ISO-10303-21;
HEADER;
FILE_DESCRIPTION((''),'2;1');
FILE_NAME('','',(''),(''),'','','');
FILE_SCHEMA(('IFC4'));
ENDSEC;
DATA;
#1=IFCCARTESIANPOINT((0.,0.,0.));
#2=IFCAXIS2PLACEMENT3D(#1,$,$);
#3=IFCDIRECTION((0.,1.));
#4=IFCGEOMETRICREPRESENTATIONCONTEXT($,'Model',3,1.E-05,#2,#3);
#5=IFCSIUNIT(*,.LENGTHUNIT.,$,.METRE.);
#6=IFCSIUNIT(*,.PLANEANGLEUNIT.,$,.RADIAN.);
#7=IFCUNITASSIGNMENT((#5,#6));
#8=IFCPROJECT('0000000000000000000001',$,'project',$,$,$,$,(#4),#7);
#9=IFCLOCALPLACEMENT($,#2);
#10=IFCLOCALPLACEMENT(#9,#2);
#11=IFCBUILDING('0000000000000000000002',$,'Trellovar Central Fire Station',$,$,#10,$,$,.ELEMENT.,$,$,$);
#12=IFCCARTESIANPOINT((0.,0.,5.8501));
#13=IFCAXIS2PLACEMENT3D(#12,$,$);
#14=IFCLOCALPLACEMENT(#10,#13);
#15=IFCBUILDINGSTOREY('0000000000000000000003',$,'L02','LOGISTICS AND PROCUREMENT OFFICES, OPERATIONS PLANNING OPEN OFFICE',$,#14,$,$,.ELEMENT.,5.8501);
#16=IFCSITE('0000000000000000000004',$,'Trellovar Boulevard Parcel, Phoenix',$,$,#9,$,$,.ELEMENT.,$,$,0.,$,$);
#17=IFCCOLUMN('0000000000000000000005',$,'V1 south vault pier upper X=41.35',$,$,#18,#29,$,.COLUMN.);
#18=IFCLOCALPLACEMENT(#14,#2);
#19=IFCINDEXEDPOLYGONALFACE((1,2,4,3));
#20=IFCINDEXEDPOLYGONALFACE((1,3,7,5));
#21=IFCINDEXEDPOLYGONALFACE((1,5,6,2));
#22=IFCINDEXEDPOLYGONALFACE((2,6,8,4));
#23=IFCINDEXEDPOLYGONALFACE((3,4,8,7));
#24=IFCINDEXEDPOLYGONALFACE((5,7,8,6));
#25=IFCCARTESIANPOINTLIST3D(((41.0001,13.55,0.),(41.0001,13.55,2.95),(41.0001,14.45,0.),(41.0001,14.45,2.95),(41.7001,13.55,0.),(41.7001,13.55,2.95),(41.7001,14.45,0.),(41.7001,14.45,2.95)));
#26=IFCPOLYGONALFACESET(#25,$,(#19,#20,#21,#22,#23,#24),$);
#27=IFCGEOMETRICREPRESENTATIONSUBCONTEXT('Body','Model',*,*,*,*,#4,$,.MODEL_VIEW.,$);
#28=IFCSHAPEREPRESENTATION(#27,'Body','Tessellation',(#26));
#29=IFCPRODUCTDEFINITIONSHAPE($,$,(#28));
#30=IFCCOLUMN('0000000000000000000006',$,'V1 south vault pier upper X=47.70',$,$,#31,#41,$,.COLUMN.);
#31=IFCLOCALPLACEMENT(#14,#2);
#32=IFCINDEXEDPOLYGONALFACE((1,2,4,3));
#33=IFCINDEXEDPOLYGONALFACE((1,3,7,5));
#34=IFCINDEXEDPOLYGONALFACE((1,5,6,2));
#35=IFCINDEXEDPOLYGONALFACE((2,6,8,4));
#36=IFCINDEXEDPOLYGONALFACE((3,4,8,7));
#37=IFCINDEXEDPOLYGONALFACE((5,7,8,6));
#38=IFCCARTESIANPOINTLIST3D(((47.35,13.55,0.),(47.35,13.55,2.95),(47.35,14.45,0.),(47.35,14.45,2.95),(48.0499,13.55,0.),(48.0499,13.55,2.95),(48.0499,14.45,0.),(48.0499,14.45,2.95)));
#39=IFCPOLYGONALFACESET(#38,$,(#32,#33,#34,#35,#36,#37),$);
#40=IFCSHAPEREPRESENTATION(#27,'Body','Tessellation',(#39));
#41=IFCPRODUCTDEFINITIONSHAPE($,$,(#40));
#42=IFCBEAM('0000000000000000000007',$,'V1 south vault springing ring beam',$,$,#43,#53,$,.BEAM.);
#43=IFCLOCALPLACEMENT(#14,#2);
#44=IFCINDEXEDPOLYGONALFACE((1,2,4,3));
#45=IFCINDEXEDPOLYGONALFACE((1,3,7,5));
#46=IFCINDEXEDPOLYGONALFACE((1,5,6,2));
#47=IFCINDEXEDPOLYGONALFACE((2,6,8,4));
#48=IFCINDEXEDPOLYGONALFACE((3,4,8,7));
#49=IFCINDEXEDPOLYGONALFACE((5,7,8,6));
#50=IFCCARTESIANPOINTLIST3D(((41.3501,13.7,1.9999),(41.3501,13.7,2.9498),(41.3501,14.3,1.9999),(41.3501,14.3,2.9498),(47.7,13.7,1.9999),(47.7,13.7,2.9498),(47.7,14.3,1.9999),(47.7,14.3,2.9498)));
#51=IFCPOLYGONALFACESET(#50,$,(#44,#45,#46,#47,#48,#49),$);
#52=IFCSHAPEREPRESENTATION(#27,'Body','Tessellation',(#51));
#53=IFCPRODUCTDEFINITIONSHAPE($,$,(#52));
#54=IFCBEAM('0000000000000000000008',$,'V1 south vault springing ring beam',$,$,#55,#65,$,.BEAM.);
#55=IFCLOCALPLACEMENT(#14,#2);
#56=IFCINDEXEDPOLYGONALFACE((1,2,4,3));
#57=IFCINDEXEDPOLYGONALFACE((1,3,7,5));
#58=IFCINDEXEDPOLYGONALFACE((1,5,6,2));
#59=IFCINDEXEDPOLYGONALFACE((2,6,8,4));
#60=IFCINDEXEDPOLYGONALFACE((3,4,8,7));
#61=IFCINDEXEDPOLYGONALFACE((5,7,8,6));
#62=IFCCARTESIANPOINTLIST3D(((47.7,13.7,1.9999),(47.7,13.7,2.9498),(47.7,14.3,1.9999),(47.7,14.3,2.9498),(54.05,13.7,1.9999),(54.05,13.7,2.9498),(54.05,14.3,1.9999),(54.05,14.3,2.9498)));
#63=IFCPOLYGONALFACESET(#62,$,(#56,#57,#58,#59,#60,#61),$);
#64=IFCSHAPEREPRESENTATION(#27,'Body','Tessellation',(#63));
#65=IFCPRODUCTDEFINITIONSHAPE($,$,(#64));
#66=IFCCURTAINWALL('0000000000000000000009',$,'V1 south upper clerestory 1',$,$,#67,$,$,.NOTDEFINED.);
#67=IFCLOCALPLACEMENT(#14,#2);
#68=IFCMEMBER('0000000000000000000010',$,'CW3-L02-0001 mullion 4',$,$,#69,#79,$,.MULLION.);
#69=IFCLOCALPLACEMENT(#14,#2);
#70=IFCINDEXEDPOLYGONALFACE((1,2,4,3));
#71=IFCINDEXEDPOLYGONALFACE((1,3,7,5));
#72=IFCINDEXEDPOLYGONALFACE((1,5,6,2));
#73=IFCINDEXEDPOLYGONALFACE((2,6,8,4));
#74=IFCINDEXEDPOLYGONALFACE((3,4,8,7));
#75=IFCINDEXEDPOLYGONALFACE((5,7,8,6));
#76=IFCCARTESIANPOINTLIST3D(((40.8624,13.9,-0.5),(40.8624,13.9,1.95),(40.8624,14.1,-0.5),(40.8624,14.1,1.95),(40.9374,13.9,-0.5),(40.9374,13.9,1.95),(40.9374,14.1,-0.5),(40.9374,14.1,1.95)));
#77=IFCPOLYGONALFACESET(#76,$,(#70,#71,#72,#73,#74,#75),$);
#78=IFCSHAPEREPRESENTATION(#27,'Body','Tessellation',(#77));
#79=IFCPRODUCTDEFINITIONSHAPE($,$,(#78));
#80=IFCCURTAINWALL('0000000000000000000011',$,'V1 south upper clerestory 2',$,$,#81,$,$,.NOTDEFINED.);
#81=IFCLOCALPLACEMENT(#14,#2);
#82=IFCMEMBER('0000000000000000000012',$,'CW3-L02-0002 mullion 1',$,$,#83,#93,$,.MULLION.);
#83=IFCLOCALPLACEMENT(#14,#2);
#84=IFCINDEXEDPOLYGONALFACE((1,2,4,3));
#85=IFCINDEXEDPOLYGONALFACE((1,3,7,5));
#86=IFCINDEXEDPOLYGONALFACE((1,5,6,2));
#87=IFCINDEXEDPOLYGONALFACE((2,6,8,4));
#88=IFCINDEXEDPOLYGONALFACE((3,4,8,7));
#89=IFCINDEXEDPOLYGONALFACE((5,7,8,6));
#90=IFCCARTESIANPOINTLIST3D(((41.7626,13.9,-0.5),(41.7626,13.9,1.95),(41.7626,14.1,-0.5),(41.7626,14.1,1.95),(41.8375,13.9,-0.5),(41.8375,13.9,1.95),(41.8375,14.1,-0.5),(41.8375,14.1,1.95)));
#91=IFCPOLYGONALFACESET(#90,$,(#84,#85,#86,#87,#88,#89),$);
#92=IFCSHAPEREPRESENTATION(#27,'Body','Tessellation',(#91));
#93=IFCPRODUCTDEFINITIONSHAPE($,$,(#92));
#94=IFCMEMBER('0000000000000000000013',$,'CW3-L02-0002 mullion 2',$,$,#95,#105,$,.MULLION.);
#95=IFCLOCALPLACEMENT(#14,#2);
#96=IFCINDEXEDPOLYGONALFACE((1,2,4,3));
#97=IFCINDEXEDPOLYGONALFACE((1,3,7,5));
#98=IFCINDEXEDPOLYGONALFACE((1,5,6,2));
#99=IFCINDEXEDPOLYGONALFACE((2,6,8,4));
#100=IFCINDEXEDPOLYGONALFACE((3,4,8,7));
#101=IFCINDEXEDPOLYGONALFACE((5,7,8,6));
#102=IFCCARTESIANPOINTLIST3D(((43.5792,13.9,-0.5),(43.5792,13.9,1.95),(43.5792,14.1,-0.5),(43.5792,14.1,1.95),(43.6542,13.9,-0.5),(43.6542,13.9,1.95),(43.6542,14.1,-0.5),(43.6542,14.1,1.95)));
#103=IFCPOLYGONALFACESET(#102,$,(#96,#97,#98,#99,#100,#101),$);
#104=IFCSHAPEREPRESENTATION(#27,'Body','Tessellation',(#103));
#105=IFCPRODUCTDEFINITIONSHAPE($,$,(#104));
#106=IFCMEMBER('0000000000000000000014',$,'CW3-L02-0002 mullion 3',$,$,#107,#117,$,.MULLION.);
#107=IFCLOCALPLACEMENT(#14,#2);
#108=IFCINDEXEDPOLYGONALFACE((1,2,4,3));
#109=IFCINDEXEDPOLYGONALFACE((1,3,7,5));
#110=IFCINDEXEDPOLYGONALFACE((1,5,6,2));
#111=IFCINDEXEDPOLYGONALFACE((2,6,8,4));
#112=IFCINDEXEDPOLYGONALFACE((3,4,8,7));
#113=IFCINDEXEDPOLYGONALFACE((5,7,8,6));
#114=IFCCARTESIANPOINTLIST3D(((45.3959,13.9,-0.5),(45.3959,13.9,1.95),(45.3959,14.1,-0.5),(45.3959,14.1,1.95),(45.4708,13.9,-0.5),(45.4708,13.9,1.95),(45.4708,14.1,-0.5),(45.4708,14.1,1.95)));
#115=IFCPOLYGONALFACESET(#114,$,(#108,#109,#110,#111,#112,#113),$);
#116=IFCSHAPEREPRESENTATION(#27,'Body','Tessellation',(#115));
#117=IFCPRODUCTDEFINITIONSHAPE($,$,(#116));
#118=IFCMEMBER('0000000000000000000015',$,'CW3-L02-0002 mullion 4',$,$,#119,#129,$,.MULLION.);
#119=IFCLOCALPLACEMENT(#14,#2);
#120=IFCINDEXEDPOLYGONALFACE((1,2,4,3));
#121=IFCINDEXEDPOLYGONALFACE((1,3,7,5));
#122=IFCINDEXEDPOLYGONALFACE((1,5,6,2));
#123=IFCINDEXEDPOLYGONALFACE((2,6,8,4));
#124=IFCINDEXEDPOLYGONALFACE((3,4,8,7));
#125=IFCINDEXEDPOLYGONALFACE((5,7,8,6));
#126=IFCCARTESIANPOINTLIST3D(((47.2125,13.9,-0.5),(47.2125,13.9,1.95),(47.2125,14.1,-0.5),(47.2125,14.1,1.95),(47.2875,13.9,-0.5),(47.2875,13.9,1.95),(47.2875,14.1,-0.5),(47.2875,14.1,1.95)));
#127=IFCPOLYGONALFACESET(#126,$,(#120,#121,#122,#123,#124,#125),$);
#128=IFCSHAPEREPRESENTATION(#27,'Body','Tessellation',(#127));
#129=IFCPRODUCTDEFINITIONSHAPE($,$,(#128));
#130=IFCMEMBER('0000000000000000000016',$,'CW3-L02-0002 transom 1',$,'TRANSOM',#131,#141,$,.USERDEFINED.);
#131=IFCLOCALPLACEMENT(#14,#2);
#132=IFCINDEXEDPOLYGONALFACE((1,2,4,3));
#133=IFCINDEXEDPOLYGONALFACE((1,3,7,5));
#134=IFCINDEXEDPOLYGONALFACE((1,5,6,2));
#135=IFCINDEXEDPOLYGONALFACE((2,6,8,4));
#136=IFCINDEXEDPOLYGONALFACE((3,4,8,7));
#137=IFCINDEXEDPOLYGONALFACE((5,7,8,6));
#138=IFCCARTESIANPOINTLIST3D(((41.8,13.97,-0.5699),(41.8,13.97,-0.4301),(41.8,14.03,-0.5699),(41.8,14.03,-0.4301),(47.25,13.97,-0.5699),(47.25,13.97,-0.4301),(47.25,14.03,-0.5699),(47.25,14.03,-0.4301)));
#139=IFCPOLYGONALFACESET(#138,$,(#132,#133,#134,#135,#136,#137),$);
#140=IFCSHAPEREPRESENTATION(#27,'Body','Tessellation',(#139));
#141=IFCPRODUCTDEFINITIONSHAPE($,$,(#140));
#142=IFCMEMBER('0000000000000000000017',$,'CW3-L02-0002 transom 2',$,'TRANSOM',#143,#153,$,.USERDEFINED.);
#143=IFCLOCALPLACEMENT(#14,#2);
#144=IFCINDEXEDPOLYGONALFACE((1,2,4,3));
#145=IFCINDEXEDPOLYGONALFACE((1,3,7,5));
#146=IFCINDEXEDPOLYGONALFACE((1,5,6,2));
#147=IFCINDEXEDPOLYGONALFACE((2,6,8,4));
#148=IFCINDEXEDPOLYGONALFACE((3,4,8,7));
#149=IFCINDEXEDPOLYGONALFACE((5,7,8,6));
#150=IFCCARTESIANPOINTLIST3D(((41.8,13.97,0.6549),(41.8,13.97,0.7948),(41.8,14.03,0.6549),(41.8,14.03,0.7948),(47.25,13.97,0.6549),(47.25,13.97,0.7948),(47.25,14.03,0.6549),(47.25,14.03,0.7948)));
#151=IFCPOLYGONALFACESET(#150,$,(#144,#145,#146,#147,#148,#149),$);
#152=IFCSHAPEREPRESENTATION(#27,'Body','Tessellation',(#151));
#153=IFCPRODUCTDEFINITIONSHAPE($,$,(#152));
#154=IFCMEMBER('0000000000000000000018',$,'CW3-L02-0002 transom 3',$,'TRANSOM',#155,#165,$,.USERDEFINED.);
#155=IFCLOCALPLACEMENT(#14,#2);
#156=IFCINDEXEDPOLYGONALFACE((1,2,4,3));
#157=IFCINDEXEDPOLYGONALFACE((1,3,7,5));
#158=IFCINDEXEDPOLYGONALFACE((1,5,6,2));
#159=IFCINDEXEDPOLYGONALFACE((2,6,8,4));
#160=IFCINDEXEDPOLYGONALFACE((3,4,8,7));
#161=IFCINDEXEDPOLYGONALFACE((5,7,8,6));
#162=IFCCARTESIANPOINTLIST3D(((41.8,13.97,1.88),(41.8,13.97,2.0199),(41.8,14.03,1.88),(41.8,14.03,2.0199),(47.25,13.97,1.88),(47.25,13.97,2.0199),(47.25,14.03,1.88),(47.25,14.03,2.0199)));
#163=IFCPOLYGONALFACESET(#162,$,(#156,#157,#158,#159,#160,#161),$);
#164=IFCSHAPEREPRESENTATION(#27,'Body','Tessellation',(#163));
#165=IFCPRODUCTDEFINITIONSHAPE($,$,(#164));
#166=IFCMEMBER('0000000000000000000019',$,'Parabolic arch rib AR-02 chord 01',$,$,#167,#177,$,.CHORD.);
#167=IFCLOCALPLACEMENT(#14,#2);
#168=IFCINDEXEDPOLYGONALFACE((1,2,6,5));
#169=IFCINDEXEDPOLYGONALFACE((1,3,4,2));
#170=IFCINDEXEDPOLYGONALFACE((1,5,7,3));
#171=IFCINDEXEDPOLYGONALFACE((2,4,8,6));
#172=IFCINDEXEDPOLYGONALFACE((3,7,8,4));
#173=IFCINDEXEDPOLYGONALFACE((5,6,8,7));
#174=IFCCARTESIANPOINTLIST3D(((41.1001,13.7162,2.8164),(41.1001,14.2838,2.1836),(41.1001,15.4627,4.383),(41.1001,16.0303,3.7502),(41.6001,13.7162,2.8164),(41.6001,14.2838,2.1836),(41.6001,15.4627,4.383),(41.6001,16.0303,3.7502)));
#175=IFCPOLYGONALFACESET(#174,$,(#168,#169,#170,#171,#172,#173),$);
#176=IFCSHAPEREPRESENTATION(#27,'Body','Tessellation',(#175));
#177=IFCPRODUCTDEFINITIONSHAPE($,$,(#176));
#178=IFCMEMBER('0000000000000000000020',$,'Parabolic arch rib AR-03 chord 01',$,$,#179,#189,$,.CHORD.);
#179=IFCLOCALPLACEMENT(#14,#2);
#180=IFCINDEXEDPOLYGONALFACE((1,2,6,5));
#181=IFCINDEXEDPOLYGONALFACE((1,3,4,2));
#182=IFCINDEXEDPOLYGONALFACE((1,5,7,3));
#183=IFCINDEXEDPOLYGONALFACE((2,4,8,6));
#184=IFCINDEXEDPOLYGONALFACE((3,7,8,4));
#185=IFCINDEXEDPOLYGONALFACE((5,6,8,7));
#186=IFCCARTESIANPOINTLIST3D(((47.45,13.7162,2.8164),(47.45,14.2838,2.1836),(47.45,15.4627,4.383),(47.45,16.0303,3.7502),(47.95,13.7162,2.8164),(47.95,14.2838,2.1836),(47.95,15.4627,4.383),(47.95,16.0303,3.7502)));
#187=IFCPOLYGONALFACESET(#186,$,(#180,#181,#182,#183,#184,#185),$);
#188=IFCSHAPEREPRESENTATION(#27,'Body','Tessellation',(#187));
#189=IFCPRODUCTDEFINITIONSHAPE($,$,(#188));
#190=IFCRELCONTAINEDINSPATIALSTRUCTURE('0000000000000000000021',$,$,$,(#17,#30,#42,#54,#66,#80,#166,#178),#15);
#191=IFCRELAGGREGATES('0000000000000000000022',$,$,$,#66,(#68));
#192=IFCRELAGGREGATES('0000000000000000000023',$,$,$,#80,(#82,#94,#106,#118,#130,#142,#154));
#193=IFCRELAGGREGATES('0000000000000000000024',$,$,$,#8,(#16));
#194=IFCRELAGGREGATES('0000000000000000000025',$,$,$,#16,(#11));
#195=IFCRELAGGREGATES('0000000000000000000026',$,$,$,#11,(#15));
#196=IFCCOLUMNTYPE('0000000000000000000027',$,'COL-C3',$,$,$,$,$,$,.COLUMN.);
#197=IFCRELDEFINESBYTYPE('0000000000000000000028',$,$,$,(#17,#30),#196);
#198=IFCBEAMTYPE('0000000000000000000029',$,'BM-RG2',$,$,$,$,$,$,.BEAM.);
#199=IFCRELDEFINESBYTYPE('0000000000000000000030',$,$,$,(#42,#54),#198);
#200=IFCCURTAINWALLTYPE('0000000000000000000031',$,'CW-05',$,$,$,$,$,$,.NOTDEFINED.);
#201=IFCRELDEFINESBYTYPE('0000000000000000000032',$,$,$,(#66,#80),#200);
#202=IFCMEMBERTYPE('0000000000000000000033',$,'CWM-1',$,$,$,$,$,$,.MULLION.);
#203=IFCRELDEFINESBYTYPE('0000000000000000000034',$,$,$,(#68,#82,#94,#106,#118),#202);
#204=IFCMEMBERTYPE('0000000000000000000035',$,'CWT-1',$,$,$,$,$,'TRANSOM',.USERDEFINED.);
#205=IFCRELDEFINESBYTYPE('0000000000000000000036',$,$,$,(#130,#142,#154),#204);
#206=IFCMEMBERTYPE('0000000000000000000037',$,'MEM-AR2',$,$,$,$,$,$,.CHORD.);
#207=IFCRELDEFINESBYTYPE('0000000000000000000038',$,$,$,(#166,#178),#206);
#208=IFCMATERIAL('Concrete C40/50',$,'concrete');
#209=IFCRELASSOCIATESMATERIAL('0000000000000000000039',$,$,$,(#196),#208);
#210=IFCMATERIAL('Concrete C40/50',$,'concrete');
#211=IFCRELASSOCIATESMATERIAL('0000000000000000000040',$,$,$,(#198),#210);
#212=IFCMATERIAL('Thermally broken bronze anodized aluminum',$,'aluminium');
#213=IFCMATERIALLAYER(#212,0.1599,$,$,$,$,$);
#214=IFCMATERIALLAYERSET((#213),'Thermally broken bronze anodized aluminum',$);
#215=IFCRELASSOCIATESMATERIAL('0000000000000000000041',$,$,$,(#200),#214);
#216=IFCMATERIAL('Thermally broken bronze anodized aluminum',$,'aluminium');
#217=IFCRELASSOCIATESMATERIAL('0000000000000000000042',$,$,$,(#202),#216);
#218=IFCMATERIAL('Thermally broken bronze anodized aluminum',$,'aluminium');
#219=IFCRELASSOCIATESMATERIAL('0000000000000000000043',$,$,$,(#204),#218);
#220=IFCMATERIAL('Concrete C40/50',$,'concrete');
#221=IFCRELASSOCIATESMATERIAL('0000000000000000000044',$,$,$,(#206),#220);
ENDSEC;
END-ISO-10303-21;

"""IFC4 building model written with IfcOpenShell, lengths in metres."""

from ifc_helpers import new_model, si_unit, direction, frame, origin, origin_2d, place, context, subcontext, project, spatial, rectangle, extrude, material, layer, layer_set, material_profile, profile_set, type_object, element, aggregate, save


model = new_model("IFC4")

# Units and contexts
model_context = context("Model", 3, precision=1e-05, world=origin(), true_north=direction((0.0, 1.0)))
body_context = subcontext(model_context, "Body", "Model", "MODEL_VIEW")
ifc_project = project(units=[si_unit("LENGTHUNIT", "METRE"), si_unit("PLANEANGLEUNIT", "RADIAN")], contexts=[model_context])

# Site, building, storey
site_placement = place(None, origin())
site = spatial("IfcSite", under=ifc_project, at=site_placement, Name="Trellovar Boulevard Parcel, Phoenix", CompositionType="ELEMENT", RefElevation=0.0)
building_placement = place(site_placement, origin())
building = spatial("IfcBuilding", under=site, at=building_placement, Name="Trellovar Central Fire Station", CompositionType="ELEMENT")
storey_placement = place(building_placement, frame((0.0, 0.0, 5.8501)))
storey = spatial("IfcBuildingStorey", under=building, at=storey_placement, Name="L02", Description="LOGISTICS AND PROCUREMENT OFFICES, OPERATIONS PLANNING OPEN OFFICE", CompositionType="ELEMENT", Elevation=5.8501)

# Columns
ifc_material_1 = material(Name="Concrete C40/50", Category="concrete")
ifc_material_profile_1 = material_profile(ifc_material_1, rectangle(XDim=0.7, YDim=0.8999, at=origin_2d()), Name="RC700X900")
ifc_profile_set_1 = profile_set([ifc_material_profile_1], Name="Concrete C40/50")
column_type = type_object("IfcColumnType", Name="COL-C3", PredefinedType="COLUMN", material=ifc_profile_set_1)
for number, where, z_axis, x_axis, name in (
    (1, (41.3501, 14.0, 0.0), (0.0, 0.0, 1.0), (1.0, 0.0, 0.0), "V1 south vault pier upper X=41.35"),
    (2, (47.7, 14.0, 0.0), (0.0, 0.0, 1.0), (1.0, 0.0, 0.0), "V1 south vault pier upper X=47.70"),
):
    element("IfcColumn", number, at=place(storey_placement, frame(where, z_axis=z_axis, x_axis=x_axis)), inside=storey, type_object=column_type, Name=name, PredefinedType="COLUMN", context=body_context, shape_type="SweptSolid", body=[
        extrude(rectangle(XDim=0.7, YDim=0.8999, at=origin_2d()), origin(), (0.0, 0.0, 1.0), 2.95),
    ])

# Beams
ifc_material_2 = material(Name="Concrete C40/50", Category="concrete")
ifc_material_profile_2 = material_profile(ifc_material_2, rectangle(XDim=0.6001, YDim=0.95, at=origin_2d()), Name="RC600X950")
ifc_profile_set_2 = profile_set([ifc_material_profile_2], Name="Concrete C40/50")
beam_type = type_object("IfcBeamType", Name="BM-RG2", PredefinedType="BEAM", material=ifc_profile_set_2)
beam_1_placement = place(storey_placement, frame((41.3501, 14.0, 2.4749), z_axis=(1.0, 0.0, 0.0), x_axis=(0.0, 1.0, 0.0)))
element("IfcBeam", 3, at=beam_1_placement, inside=storey, type_object=beam_type, Name="V1 south vault springing ring beam", PredefinedType="BEAM", context=body_context, shape_type="SweptSolid", body=[
    extrude(rectangle(XDim=0.6001, YDim=0.95, at=origin_2d()), origin(), (0.0, 0.0, 1.0), 6.3499),
])
beam_2_placement = place(storey_placement, frame((47.7, 14.0, 2.4749), z_axis=(1.0, 0.0, 0.0), x_axis=(0.0, 1.0, 0.0)))
element("IfcBeam", 4, at=beam_2_placement, inside=storey, type_object=beam_type, Name="V1 south vault springing ring beam", PredefinedType="BEAM", context=body_context, shape_type="SweptSolid", body=[
    extrude(rectangle(XDim=0.6001, YDim=0.95, at=origin_2d()), origin(), (0.0, 0.0, 1.0), 6.3501),
])

# Curtain wall, member
ifc_material_3 = material(Name="Thermally broken bronze anodized aluminum", Category="aluminium")
ifc_layer_1 = layer(ifc_material_3, 0.1599)
ifc_layer_set_1 = layer_set([ifc_layer_1], Name="Thermally broken bronze anodized aluminum")
curtain_wall_type = type_object("IfcCurtainWallType", Name="CW-05", PredefinedType="NOTDEFINED", material=ifc_layer_set_1)
curtain_wall_1_placement = place(storey_placement, origin())
curtain_wall_1 = element("IfcCurtainWall", 5, at=curtain_wall_1_placement, inside=storey, type_object=curtain_wall_type, Name="V1 south upper clerestory 1", PredefinedType="NOTDEFINED")
ifc_material_4 = material(Name="Thermally broken bronze anodized aluminum", Category="aluminium")
ifc_material_profile_3 = material_profile(ifc_material_4, rectangle(XDim=0.075, YDim=0.2, at=origin_2d()), Name="ALU75X200")
ifc_profile_set_3 = profile_set([ifc_material_profile_3], Name="Thermally broken bronze anodized aluminum")
member_type_1 = type_object("IfcMemberType", Name="CWM-1", PredefinedType="MULLION", material=ifc_profile_set_3)
member_1_placement = place(storey_placement, frame((40.8999, 14.0, -0.5), z_axis=(0.0, 0.0, 1.0), x_axis=(1.0, 0.0, 0.0)))
member_1 = element("IfcMember", 6, at=member_1_placement, type_object=member_type_1, Name="CW3-L02-0001 mullion 4", PredefinedType="MULLION", context=body_context, shape_type="SweptSolid", body=[
    extrude(rectangle(XDim=0.075, YDim=0.2, at=origin_2d()), origin(), (0.0, 0.0, 1.0), 2.45),
])
aggregate(curtain_wall_1, [member_1])

# Curtain wall, members
curtain_wall_2_placement = place(storey_placement, origin())
curtain_wall_2 = element("IfcCurtainWall", 7, at=curtain_wall_2_placement, inside=storey, type_object=curtain_wall_type, Name="V1 south upper clerestory 2", PredefinedType="NOTDEFINED")
member_2_placement = place(storey_placement, frame((41.8, 14.0, -0.5), z_axis=(0.0, 0.0, 1.0), x_axis=(1.0, 0.0, 0.0)))
member_2 = element("IfcMember", 8, at=member_2_placement, type_object=member_type_1, Name="CW3-L02-0002 mullion 1", PredefinedType="MULLION", context=body_context, shape_type="SweptSolid", body=[
    extrude(rectangle(XDim=0.075, YDim=0.2, at=origin_2d()), origin(), (0.0, 0.0, 1.0), 2.45),
])
member_3_placement = place(storey_placement, frame((43.6167, 14.0, -0.5), z_axis=(0.0, 0.0, 1.0), x_axis=(1.0, 0.0, 0.0)))
member_3 = element("IfcMember", 9, at=member_3_placement, type_object=member_type_1, Name="CW3-L02-0002 mullion 2", PredefinedType="MULLION", context=body_context, shape_type="SweptSolid", body=[
    extrude(rectangle(XDim=0.075, YDim=0.2, at=origin_2d()), origin(), (0.0, 0.0, 1.0), 2.45),
])
member_4_placement = place(storey_placement, frame((45.4333, 14.0, -0.5), z_axis=(0.0, 0.0, 1.0), x_axis=(1.0, 0.0, 0.0)))
member_4 = element("IfcMember", 10, at=member_4_placement, type_object=member_type_1, Name="CW3-L02-0002 mullion 3", PredefinedType="MULLION", context=body_context, shape_type="SweptSolid", body=[
    extrude(rectangle(XDim=0.075, YDim=0.2, at=origin_2d()), origin(), (0.0, 0.0, 1.0), 2.45),
])
member_5_placement = place(storey_placement, frame((47.25, 14.0, -0.5), z_axis=(0.0, 0.0, 1.0), x_axis=(1.0, 0.0, 0.0)))
member_5 = element("IfcMember", 11, at=member_5_placement, type_object=member_type_1, Name="CW3-L02-0002 mullion 4", PredefinedType="MULLION", context=body_context, shape_type="SweptSolid", body=[
    extrude(rectangle(XDim=0.075, YDim=0.2, at=origin_2d()), origin(), (0.0, 0.0, 1.0), 2.45),
])
ifc_material_5 = material(Name="Thermally broken bronze anodized aluminum", Category="aluminium")
ifc_material_profile_4 = material_profile(ifc_material_5, rectangle(XDim=0.0601, YDim=0.1399, at=origin_2d()), Name="ALU60X140")
ifc_profile_set_4 = profile_set([ifc_material_profile_4], Name="Thermally broken bronze anodized aluminum")
member_type_2 = type_object("IfcMemberType", Name="CWT-1", ElementType="TRANSOM", PredefinedType="USERDEFINED", material=ifc_profile_set_4)
member_6_placement = place(storey_placement, frame((41.8, 14.0, -0.5), z_axis=(1.0, 0.0, 0.0), x_axis=(0.0, 1.0, 0.0)))
member_6 = element("IfcMember", 12, at=member_6_placement, type_object=member_type_2, Name="CW3-L02-0002 transom 1", ObjectType="TRANSOM", PredefinedType="USERDEFINED", context=body_context, shape_type="SweptSolid", body=[
    extrude(rectangle(XDim=0.0601, YDim=0.1399, at=origin_2d()), origin(), (0.0, 0.0, 1.0), 5.45),
])
member_7_placement = place(storey_placement, frame((41.8, 14.0, 0.7249), z_axis=(1.0, 0.0, 0.0), x_axis=(0.0, 1.0, 0.0)))
member_7 = element("IfcMember", 13, at=member_7_placement, type_object=member_type_2, Name="CW3-L02-0002 transom 2", ObjectType="TRANSOM", PredefinedType="USERDEFINED", context=body_context, shape_type="SweptSolid", body=[
    extrude(rectangle(XDim=0.0601, YDim=0.1399, at=origin_2d()), origin(), (0.0, 0.0, 1.0), 5.45),
])
member_8_placement = place(storey_placement, frame((41.8, 14.0, 1.95), z_axis=(1.0, 0.0, 0.0), x_axis=(0.0, 1.0, 0.0)))
member_8 = element("IfcMember", 14, at=member_8_placement, type_object=member_type_2, Name="CW3-L02-0002 transom 3", ObjectType="TRANSOM", PredefinedType="USERDEFINED", context=body_context, shape_type="SweptSolid", body=[
    extrude(rectangle(XDim=0.0601, YDim=0.1399, at=origin_2d()), origin(), (0.0, 0.0, 1.0), 5.45),
])

# Members
ifc_material_6 = material(Name="Concrete C40/50", Category="concrete")
ifc_material_profile_5 = material_profile(ifc_material_6, rectangle(XDim=0.5, YDim=0.8501, at=origin_2d()), Name="RC500X850")
ifc_profile_set_5 = profile_set([ifc_material_profile_5], Name="Concrete C40/50")
member_type_3 = type_object("IfcMemberType", Name="MEM-AR2", PredefinedType="CHORD", material=ifc_profile_set_5)
for number, where, z_axis, x_axis, name in (
    (15, (41.3501, 14.0, 2.5), (0.0, 0.744411, 0.667722), (-1.0, 0.0, 0.0), "Parabolic arch rib AR-02 chord 01"),
    (16, (47.7, 14.0, 2.5), (0.0, 0.744411, 0.667722), (-1.0, 0.0, 0.0), "Parabolic arch rib AR-03 chord 01"),
):
    element("IfcMember", number, at=place(storey_placement, frame(where, z_axis=z_axis, x_axis=x_axis)), inside=storey, type_object=member_type_3, Name=name, PredefinedType="CHORD", context=body_context, shape_type="SweptSolid", body=[
        extrude(rectangle(XDim=0.5, YDim=0.8501, at=origin_2d()), origin(), (0.0, 0.0, 1.0), 2.3462),
    ])

aggregate(curtain_wall_2, [member_2, member_3, member_4, member_5, member_6, member_7, member_8])

save(model, "model.ifc")
